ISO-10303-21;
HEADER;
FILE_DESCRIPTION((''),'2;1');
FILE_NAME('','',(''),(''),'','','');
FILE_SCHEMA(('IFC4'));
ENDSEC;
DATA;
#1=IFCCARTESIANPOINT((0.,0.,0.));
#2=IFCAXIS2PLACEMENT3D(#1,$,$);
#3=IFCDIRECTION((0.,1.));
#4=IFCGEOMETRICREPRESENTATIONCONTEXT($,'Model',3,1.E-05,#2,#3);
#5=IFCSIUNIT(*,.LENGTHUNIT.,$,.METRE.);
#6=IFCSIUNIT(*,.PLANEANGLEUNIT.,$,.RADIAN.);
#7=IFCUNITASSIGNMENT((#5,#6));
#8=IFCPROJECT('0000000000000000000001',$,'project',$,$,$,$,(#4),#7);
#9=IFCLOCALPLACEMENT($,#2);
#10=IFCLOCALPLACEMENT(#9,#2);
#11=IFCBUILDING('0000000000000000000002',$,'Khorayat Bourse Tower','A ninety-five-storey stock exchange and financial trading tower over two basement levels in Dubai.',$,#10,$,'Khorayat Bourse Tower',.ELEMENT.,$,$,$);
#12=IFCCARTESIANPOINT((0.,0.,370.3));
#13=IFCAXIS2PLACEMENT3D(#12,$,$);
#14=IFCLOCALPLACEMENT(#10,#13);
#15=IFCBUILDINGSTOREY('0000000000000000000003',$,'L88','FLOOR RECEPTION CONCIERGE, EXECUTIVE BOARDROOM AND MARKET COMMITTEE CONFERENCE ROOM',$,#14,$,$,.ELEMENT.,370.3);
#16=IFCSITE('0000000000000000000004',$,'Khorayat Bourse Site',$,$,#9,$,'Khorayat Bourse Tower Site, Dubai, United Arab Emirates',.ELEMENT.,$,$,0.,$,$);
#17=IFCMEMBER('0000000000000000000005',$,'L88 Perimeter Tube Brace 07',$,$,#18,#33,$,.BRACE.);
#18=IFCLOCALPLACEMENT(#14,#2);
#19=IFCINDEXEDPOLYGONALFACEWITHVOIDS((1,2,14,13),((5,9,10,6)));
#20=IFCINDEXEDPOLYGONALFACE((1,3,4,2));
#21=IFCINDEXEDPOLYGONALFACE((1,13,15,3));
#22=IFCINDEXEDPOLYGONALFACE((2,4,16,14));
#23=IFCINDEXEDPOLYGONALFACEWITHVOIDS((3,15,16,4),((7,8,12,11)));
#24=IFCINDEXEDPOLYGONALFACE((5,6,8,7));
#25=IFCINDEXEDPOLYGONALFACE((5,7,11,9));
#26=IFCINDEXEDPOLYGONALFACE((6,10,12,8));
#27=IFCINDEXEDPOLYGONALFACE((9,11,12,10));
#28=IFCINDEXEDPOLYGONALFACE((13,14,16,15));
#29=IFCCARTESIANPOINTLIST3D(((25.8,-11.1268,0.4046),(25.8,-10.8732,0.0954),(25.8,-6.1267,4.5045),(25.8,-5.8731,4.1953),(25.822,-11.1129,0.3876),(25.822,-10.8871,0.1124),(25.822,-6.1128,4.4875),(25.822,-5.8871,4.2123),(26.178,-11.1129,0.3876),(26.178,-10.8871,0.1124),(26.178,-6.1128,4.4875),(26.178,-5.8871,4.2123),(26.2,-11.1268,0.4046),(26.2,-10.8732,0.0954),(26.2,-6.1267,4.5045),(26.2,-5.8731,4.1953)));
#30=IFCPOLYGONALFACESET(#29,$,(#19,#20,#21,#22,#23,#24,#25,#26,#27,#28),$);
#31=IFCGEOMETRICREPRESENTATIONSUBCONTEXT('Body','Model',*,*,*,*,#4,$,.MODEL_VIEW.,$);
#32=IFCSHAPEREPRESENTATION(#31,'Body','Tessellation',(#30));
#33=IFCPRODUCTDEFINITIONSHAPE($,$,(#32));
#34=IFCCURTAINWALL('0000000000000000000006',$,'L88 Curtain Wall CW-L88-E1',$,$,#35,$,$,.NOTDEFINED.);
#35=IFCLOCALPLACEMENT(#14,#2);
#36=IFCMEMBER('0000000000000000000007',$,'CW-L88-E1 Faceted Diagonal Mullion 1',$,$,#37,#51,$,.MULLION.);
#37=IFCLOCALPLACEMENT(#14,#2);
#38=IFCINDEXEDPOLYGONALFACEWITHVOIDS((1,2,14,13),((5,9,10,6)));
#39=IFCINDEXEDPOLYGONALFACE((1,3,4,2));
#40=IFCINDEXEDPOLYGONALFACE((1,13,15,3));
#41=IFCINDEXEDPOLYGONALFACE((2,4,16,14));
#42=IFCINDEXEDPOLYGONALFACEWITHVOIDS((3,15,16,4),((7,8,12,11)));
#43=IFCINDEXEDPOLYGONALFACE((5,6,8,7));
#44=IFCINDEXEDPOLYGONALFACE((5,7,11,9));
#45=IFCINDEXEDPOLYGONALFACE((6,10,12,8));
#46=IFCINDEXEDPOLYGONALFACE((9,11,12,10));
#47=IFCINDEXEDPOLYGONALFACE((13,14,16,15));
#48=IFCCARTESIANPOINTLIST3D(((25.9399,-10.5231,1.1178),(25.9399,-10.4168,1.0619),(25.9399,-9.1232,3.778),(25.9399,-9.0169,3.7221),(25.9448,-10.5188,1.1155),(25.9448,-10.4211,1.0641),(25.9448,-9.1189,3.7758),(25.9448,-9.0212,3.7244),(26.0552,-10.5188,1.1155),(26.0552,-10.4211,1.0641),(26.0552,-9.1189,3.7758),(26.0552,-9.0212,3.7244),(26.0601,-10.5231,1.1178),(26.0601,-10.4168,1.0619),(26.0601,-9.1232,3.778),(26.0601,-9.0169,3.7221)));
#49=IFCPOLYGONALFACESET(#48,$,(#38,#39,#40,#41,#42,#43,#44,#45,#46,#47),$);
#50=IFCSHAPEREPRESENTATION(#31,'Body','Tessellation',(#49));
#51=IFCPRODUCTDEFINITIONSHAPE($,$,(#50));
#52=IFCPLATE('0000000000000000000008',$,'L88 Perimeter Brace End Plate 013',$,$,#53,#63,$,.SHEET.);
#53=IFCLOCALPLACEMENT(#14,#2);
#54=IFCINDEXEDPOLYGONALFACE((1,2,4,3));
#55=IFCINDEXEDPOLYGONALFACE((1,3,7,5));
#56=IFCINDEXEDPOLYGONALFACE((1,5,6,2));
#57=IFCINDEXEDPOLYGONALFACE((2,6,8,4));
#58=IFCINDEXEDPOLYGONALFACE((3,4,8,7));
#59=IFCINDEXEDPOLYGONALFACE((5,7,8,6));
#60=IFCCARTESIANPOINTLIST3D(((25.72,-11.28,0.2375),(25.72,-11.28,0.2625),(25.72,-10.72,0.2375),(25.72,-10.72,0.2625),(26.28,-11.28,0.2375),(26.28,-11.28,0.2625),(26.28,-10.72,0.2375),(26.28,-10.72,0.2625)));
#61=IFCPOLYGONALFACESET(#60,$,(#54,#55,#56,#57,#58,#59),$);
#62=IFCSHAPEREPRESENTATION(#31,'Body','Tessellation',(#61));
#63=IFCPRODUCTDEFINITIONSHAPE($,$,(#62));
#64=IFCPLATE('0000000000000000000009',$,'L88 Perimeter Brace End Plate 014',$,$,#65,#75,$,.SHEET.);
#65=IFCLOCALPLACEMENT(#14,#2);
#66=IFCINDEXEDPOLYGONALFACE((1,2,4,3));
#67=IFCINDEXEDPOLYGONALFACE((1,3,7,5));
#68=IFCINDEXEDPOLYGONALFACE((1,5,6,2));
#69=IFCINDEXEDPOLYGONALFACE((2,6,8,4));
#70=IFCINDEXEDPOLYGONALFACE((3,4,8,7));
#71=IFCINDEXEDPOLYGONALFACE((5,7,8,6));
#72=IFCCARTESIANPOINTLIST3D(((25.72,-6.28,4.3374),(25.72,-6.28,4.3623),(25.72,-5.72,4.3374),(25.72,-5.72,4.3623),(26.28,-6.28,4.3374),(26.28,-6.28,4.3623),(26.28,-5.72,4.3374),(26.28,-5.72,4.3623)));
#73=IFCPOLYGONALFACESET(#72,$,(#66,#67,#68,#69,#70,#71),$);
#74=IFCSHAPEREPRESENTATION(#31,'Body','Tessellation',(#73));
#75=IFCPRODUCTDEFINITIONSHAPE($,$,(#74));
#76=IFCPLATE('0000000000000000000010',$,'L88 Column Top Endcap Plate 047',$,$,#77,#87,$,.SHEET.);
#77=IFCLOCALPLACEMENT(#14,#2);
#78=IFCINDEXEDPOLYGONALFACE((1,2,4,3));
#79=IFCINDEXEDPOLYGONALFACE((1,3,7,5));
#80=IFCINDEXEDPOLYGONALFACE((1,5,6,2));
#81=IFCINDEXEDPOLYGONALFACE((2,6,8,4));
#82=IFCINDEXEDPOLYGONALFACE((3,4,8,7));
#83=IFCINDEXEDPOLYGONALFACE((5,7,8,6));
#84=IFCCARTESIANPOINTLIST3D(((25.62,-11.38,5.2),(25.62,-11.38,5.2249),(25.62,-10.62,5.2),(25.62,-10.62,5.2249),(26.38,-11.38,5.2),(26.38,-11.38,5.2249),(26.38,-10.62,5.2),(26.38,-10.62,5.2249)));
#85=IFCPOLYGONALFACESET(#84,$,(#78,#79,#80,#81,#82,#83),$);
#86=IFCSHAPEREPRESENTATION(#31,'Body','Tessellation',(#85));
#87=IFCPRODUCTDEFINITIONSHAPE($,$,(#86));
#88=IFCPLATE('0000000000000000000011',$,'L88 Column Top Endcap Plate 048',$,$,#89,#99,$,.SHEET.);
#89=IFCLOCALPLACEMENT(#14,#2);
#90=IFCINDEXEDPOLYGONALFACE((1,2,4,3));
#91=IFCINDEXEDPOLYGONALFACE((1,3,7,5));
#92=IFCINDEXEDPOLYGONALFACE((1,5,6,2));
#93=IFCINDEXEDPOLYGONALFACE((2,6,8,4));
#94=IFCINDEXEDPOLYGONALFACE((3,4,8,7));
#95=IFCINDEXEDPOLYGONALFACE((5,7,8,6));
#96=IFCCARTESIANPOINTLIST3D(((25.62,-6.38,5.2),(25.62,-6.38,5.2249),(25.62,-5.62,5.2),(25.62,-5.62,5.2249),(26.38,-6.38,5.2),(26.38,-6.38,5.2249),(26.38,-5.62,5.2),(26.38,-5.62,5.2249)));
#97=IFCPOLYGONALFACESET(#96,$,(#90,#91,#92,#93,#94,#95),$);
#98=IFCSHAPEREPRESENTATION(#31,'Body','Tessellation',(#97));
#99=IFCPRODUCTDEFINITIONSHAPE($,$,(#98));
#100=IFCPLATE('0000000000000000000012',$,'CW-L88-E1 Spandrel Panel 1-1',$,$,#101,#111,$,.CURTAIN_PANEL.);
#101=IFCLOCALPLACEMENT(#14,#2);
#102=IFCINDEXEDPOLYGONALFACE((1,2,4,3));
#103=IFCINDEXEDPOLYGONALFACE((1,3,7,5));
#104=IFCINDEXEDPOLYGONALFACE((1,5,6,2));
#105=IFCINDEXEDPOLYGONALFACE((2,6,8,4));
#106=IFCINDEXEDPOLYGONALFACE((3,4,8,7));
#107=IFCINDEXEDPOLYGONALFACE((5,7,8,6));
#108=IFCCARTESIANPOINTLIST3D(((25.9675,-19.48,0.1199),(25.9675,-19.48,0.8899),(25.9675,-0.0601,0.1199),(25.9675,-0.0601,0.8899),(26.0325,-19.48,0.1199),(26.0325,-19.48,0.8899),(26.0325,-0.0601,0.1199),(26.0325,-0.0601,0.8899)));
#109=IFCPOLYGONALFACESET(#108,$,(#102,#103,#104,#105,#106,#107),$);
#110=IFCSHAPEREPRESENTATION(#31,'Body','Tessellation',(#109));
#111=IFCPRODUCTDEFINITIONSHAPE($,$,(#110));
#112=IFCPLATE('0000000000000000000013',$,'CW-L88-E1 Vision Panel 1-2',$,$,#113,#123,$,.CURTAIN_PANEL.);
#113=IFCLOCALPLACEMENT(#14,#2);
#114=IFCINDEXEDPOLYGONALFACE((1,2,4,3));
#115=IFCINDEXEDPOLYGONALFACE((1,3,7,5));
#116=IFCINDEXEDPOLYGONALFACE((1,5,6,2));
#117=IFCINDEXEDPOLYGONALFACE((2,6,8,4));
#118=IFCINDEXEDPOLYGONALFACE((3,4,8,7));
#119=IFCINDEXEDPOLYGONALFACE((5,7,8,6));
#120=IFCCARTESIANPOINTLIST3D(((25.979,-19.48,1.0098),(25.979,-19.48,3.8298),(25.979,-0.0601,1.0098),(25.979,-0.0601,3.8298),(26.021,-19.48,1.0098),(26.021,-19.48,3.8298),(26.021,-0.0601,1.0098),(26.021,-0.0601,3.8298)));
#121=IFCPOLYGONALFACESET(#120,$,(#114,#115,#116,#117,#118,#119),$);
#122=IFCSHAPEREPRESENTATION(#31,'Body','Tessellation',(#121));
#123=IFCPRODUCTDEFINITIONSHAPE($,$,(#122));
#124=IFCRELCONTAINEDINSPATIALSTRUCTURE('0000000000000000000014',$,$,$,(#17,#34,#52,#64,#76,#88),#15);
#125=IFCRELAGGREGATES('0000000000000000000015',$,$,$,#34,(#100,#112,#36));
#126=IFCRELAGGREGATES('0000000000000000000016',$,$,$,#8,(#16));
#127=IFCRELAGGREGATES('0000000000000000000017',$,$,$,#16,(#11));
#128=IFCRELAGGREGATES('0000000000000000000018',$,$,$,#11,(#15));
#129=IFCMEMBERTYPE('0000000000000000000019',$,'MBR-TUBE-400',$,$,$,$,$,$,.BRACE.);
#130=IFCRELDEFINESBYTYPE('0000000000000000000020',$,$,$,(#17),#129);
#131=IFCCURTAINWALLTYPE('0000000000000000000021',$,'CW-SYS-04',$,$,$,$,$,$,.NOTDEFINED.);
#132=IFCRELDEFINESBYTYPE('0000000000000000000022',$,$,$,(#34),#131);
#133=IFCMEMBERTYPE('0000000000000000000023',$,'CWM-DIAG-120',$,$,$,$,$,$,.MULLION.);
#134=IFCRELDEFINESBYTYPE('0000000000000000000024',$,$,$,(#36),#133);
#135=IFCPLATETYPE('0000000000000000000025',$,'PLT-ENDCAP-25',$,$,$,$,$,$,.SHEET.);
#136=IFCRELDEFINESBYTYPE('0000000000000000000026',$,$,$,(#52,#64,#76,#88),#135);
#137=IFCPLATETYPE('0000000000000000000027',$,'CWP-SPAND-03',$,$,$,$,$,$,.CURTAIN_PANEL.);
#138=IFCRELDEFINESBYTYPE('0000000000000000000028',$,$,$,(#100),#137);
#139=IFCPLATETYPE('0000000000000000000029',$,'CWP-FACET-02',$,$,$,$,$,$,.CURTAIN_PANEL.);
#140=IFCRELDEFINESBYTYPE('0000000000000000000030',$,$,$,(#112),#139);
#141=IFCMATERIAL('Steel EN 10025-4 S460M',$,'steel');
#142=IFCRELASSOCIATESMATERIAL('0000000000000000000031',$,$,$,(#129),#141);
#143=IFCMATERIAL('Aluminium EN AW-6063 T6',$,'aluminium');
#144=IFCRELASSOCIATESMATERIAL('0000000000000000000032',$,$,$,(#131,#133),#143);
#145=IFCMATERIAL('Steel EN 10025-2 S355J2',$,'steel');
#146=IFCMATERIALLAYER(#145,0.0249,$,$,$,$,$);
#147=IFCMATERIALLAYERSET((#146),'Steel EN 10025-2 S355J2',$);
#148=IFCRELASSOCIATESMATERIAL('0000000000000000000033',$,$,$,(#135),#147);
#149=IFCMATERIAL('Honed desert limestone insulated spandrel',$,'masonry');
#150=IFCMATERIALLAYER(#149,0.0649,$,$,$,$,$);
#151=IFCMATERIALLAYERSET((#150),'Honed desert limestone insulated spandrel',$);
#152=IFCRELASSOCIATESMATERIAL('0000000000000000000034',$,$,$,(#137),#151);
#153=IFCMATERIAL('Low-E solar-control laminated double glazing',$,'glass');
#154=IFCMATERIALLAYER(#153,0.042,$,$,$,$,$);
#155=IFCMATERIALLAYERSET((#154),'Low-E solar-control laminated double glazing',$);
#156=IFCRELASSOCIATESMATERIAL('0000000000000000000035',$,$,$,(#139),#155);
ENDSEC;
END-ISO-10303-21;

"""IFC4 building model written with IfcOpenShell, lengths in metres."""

from ifc_helpers import new_model, si_unit, direction, frame, origin, origin_2d, place, context, subcontext, project, spatial, rectangle, hollow_rectangle, extrude, source, transform, mapped, material, layer, layer_set, material_profile, profile_set, type_object, element, aggregate, save


model = new_model("IFC4")

# Units and contexts
model_context = context("Model", 3, precision=1e-05, world=origin(), true_north=direction((0.0, 1.0)))
body_context = subcontext(model_context, "Body", "Model", "MODEL_VIEW")
ifc_project = project(units=[si_unit("LENGTHUNIT", "METRE"), si_unit("PLANEANGLEUNIT", "RADIAN")], contexts=[model_context])

# Site, building, storey
site_placement = place(None, origin())
site = spatial("IfcSite", under=ifc_project, at=site_placement, Name="Khorayat Bourse Site", LongName="Khorayat Bourse Tower Site, Dubai, United Arab Emirates", CompositionType="ELEMENT", RefElevation=0.0)
building_placement = place(site_placement, origin())
building = spatial("IfcBuilding", under=site, at=building_placement, Name="Khorayat Bourse Tower", Description="A ninety-five-storey stock exchange and financial trading tower over two basement levels in Dubai.", LongName="Khorayat Bourse Tower", CompositionType="ELEMENT")
storey_placement = place(building_placement, frame((0.0, 0.0, 370.3)))
storey = spatial("IfcBuildingStorey", under=building, at=storey_placement, Name="L88", Description="FLOOR RECEPTION CONCIERGE, EXECUTIVE BOARDROOM AND MARKET COMMITTEE CONFERENCE ROOM", CompositionType="ELEMENT", Elevation=370.3)

# Shared definitions
ifc_material_1 = material(Name="Steel EN 10025-2 S355J2", Category="steel")

# Member
ifc_material_2 = material(Name="Steel EN 10025-4 S460M", Category="steel")
ifc_material_profile_1 = material_profile(ifc_material_2, hollow_rectangle(XDim=0.3999, YDim=0.3999, WallThickness=0.022, at=origin_2d()), Name="HSS 400x400x22")
ifc_profile_set_1 = profile_set([ifc_material_profile_1], Name="Steel EN 10025-4 S460M")
member_type_1 = type_object("IfcMemberType", Name="MBR-TUBE-400", PredefinedType="BRACE", material=ifc_profile_set_1)
shared_shape_1 = source(origin(), body_context, "Body", "SweptSolid", [
    extrude(hollow_rectangle(XDim=0.3999, YDim=0.3999, WallThickness=0.022, at=origin_2d()), origin(), (0.0, 0.0, 1.0), 6.4661),
])
member_1_placement = place(storey_placement, frame((26.0, -11.0, 0.25), z_axis=(0.0, 0.773279, 0.634066), x_axis=(-1.0, 0.0, 0.0)))
element("IfcMember", 1, at=member_1_placement, inside=storey, type_object=member_type_1, Name="L88 Perimeter Tube Brace 07", PredefinedType="BRACE", context=body_context, shape_type="MappedRepresentation", body=[
    mapped(shared_shape_1, transform((0.0, 0.0, 0.0), scale=1.0)),
])

# Curtain wall, member
ifc_material_3 = material(Name="Aluminium EN AW-6063 T6", Category="aluminium")
curtain_wall_type = type_object("IfcCurtainWallType", Name="CW-SYS-04", PredefinedType="NOTDEFINED", material=ifc_material_3)
curtain_wall_placement = place(storey_placement, origin())
curtain_wall = element("IfcCurtainWall", 2, at=curtain_wall_placement, inside=storey, type_object=curtain_wall_type, Name="L88 Curtain Wall CW-L88-E1", PredefinedType="NOTDEFINED")
ifc_material_profile_2 = material_profile(ifc_material_3, hollow_rectangle(XDim=0.1201, YDim=0.1201, WallThickness=0.0049, at=origin_2d()), Name="ALU 120x120x5")
ifc_profile_set_2 = profile_set([ifc_material_profile_2], Name="Aluminium EN AW-6063 T6")
member_type_2 = type_object("IfcMemberType", Name="CWM-DIAG-120", PredefinedType="MULLION", material=ifc_profile_set_2)
shared_shape_2 = source(origin(), body_context, "Body", "SweptSolid", [
    extrude(hollow_rectangle(XDim=0.1201, YDim=0.1201, WallThickness=0.0049, at=origin_2d()), origin(), (0.0, 0.0, 1.0), 3.0061),
])
member_2_placement = place(storey_placement, frame((26.0, -10.47, 1.0898), z_axis=(0.0, 0.4657, 0.884943), x_axis=(-1.0, 0.0, 0.0)))
member_2 = element("IfcMember", 3, at=member_2_placement, type_object=member_type_2, Name="CW-L88-E1 Faceted Diagonal Mullion 1", PredefinedType="MULLION", context=body_context, shape_type="MappedRepresentation", body=[
    mapped(shared_shape_2, transform((0.0, 0.0, 0.0), scale=1.0)),
])

# Plates
ifc_layer_1 = layer(ifc_material_1, 0.0249)
ifc_layer_set_1 = layer_set([ifc_layer_1], Name="Steel EN 10025-2 S355J2")
plate_type_1 = type_object("IfcPlateType", Name="PLT-ENDCAP-25", PredefinedType="SHEET", material=ifc_layer_set_1)
shared_shape_3 = source(origin(), body_context, "Body", "SweptSolid", [
    extrude(rectangle(XDim=0.5601, YDim=0.5601, at=origin_2d()), origin(), (0.0, 0.0, 1.0), 0.0249),
])
for number, where, z_axis, x_axis, name in (
    (4, (26.0, -11.0, 0.2375), (0.0, 0.0, 1.0), (1.0, 0.0, 0.0), "L88 Perimeter Brace End Plate 013"),
    (5, (26.0, -6.0, 4.3374), (0.0, 0.0, 1.0), (1.0, 0.0, 0.0), "L88 Perimeter Brace End Plate 014"),
):
    element("IfcPlate", number, at=place(storey_placement, frame(where, z_axis=z_axis, x_axis=x_axis)), inside=storey, type_object=plate_type_1, Name=name, PredefinedType="SHEET", context=body_context, shape_type="MappedRepresentation", body=[
        mapped(shared_shape_3, transform((0.0, 0.0, 0.0), scale=1.0)),
    ])
shared_shape_4 = source(origin(), body_context, "Body", "SweptSolid", [
    extrude(rectangle(XDim=0.76, YDim=0.76, at=origin_2d()), origin(), (0.0, 0.0, 1.0), 0.0249),
])
for number, where, z_axis, x_axis, name in (
    (6, (26.0, -11.0, 5.2), (0.0, 0.0, 1.0), (1.0, 0.0, 0.0), "L88 Column Top Endcap Plate 047"),
    (7, (26.0, -6.0, 5.2), (0.0, 0.0, 1.0), (1.0, 0.0, 0.0), "L88 Column Top Endcap Plate 048"),
):
    element("IfcPlate", number, at=place(storey_placement, frame(where, z_axis=z_axis, x_axis=x_axis)), inside=storey, type_object=plate_type_1, Name=name, PredefinedType="SHEET", context=body_context, shape_type="MappedRepresentation", body=[
        mapped(shared_shape_4, transform((0.0, 0.0, 0.0), scale=1.0)),
    ])

# Plates
ifc_material_4 = material(Name="Honed desert limestone insulated spandrel", Category="masonry")
ifc_layer_2 = layer(ifc_material_4, 0.0649)
ifc_layer_set_2 = layer_set([ifc_layer_2], Name="Honed desert limestone insulated spandrel")
plate_type_2 = type_object("IfcPlateType", Name="CWP-SPAND-03", PredefinedType="CURTAIN_PANEL", material=ifc_layer_set_2)
shared_shape_5 = source(origin(), body_context, "Body", "SweptSolid", [
    extrude(rectangle(XDim=19.4199, YDim=0.0649, at=origin_2d()), origin(), (0.0, 0.0, 1.0), 0.77),
])
plate_1_placement = place(storey_placement, frame((26.0, -9.77, 0.1199), z_axis=(0.0, 0.0, 1.0), x_axis=(0.0, 1.0, 0.0)))
plate_1 = element("IfcPlate", 8, at=plate_1_placement, type_object=plate_type_2, Name="CW-L88-E1 Spandrel Panel 1-1", PredefinedType="CURTAIN_PANEL", context=body_context, shape_type="MappedRepresentation", body=[
    mapped(shared_shape_5, transform((0.0, 0.0, 0.0), scale=1.0)),
])
ifc_material_5 = material(Name="Low-E solar-control laminated double glazing", Category="glass")
ifc_layer_3 = layer(ifc_material_5, 0.042)
ifc_layer_set_3 = layer_set([ifc_layer_3], Name="Low-E solar-control laminated double glazing")
plate_type_3 = type_object("IfcPlateType", Name="CWP-FACET-02", PredefinedType="CURTAIN_PANEL", material=ifc_layer_set_3)
shared_shape_6 = source(origin(), body_context, "Body", "SweptSolid", [
    extrude(rectangle(XDim=19.4199, YDim=0.042, at=origin_2d()), origin(), (0.0, 0.0, 1.0), 2.8201),
])
plate_2_placement = place(storey_placement, frame((26.0, -9.77, 1.0098), z_axis=(0.0, 0.0, 1.0), x_axis=(0.0, 1.0, 0.0)))
plate_2 = element("IfcPlate", 9, at=plate_2_placement, type_object=plate_type_3, Name="CW-L88-E1 Vision Panel 1-2", PredefinedType="CURTAIN_PANEL", context=body_context, shape_type="MappedRepresentation", body=[
    mapped(shared_shape_6, transform((0.0, 0.0, 0.0), scale=1.0)),
])
aggregate(curtain_wall, [plate_1, plate_2, member_2])

save(model, "model.ifc")
